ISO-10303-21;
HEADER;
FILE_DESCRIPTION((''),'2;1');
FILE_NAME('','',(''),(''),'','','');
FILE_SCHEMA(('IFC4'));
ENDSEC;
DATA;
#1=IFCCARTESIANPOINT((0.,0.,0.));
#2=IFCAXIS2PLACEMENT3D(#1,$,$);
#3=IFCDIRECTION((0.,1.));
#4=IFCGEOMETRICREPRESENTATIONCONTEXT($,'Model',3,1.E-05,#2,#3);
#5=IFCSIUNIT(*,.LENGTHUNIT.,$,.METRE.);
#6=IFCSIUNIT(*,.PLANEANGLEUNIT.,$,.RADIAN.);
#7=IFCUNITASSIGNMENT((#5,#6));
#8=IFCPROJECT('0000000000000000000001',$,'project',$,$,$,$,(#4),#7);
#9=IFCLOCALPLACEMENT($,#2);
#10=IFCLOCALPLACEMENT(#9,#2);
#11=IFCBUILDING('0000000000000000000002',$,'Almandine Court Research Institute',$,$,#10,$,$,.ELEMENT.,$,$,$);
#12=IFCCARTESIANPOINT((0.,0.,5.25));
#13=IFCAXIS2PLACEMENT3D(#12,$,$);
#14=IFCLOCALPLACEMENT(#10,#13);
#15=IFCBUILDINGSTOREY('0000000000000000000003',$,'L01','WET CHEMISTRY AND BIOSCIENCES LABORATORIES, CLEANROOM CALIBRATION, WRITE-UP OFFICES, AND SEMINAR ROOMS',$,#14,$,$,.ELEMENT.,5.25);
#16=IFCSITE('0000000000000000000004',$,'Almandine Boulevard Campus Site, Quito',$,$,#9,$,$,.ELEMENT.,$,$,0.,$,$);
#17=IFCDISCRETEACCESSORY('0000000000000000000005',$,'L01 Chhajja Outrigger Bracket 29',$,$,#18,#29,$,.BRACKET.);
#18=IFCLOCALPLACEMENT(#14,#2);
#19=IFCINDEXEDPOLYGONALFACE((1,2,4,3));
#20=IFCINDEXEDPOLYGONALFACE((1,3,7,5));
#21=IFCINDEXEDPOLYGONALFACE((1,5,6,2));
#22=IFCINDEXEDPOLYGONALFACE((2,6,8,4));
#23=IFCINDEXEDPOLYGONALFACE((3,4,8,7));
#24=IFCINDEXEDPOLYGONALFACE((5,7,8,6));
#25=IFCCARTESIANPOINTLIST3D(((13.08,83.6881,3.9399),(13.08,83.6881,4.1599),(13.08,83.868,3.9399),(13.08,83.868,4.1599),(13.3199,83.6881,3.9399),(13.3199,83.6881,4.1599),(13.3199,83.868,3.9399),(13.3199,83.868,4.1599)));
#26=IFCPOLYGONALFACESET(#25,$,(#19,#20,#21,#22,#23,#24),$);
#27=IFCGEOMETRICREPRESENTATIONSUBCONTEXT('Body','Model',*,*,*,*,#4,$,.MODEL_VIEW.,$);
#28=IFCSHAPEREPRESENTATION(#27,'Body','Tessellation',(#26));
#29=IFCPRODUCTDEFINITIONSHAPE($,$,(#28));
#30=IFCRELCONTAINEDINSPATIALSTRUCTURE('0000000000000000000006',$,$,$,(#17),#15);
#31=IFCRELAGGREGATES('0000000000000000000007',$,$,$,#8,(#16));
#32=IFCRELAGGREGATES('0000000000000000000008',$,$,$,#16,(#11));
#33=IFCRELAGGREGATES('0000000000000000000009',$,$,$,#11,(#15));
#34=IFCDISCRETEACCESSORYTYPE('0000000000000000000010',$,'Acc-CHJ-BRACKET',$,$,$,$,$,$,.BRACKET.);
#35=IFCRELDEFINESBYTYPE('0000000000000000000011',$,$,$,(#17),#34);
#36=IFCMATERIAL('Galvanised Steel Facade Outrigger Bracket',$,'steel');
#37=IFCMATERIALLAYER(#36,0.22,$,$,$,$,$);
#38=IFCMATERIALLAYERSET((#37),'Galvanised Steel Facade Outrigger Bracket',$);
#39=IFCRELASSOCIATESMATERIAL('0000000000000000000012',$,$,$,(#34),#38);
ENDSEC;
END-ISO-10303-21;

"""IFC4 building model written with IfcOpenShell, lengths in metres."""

from ifc_helpers import new_model, si_unit, direction, frame, origin, origin_2d, place, context, subcontext, project, spatial, rectangle, extrude, material, layer, layer_set, type_object, element, save


model = new_model("IFC4")

# Units and contexts
model_context = context("Model", 3, precision=1e-05, world=origin(), true_north=direction((0.0, 1.0)))
body_context = subcontext(model_context, "Body", "Model", "MODEL_VIEW")
ifc_project = project(units=[si_unit("LENGTHUNIT", "METRE"), si_unit("PLANEANGLEUNIT", "RADIAN")], contexts=[model_context])

# Site, building, storey
site_placement = place(None, origin())
site = spatial("IfcSite", under=ifc_project, at=site_placement, Name="Almandine Boulevard Campus Site, Quito", CompositionType="ELEMENT", RefElevation=0.0)
building_placement = place(site_placement, origin())
building = spatial("IfcBuilding", under=site, at=building_placement, Name="Almandine Court Research Institute", CompositionType="ELEMENT")
storey_placement = place(building_placement, frame((0.0, 0.0, 5.25)))
storey = spatial("IfcBuildingStorey", under=building, at=storey_placement, Name="L01", Description="WET CHEMISTRY AND BIOSCIENCES LABORATORIES, CLEANROOM CALIBRATION, WRITE-UP OFFICES, AND SEMINAR ROOMS", CompositionType="ELEMENT", Elevation=5.25)

# Discrete accessory
ifc_material_1 = material(Name="Galvanised Steel Facade Outrigger Bracket", Category="steel")
ifc_layer_1 = layer(ifc_material_1, 0.22)
ifc_layer_set_1 = layer_set([ifc_layer_1], Name="Galvanised Steel Facade Outrigger Bracket")
discrete_accessory_type = type_object("IfcDiscreteAccessoryType", Name="Acc-CHJ-BRACKET", PredefinedType="BRACKET", material=ifc_layer_set_1)
for number, where, z_axis, x_axis, name in (
    (1, (13.2, 83.7781, 3.9399), (0.0, 0.0, 1.0), (-1.0, 0.0, 0.0), "L01 Chhajja Outrigger Bracket 29"),
):
    element("IfcDiscreteAccessory", number, at=place(storey_placement, frame(where, z_axis=z_axis, x_axis=x_axis)), inside=storey, type_object=discrete_accessory_type, Name=name, PredefinedType="BRACKET", context=body_context, shape_type="SweptSolid", body=[
        extrude(rectangle(XDim=0.24, YDim=0.1799, at=origin_2d()), origin(), (0.0, 0.0, 1.0), 0.22),
    ])

save(model, "model.ifc")
